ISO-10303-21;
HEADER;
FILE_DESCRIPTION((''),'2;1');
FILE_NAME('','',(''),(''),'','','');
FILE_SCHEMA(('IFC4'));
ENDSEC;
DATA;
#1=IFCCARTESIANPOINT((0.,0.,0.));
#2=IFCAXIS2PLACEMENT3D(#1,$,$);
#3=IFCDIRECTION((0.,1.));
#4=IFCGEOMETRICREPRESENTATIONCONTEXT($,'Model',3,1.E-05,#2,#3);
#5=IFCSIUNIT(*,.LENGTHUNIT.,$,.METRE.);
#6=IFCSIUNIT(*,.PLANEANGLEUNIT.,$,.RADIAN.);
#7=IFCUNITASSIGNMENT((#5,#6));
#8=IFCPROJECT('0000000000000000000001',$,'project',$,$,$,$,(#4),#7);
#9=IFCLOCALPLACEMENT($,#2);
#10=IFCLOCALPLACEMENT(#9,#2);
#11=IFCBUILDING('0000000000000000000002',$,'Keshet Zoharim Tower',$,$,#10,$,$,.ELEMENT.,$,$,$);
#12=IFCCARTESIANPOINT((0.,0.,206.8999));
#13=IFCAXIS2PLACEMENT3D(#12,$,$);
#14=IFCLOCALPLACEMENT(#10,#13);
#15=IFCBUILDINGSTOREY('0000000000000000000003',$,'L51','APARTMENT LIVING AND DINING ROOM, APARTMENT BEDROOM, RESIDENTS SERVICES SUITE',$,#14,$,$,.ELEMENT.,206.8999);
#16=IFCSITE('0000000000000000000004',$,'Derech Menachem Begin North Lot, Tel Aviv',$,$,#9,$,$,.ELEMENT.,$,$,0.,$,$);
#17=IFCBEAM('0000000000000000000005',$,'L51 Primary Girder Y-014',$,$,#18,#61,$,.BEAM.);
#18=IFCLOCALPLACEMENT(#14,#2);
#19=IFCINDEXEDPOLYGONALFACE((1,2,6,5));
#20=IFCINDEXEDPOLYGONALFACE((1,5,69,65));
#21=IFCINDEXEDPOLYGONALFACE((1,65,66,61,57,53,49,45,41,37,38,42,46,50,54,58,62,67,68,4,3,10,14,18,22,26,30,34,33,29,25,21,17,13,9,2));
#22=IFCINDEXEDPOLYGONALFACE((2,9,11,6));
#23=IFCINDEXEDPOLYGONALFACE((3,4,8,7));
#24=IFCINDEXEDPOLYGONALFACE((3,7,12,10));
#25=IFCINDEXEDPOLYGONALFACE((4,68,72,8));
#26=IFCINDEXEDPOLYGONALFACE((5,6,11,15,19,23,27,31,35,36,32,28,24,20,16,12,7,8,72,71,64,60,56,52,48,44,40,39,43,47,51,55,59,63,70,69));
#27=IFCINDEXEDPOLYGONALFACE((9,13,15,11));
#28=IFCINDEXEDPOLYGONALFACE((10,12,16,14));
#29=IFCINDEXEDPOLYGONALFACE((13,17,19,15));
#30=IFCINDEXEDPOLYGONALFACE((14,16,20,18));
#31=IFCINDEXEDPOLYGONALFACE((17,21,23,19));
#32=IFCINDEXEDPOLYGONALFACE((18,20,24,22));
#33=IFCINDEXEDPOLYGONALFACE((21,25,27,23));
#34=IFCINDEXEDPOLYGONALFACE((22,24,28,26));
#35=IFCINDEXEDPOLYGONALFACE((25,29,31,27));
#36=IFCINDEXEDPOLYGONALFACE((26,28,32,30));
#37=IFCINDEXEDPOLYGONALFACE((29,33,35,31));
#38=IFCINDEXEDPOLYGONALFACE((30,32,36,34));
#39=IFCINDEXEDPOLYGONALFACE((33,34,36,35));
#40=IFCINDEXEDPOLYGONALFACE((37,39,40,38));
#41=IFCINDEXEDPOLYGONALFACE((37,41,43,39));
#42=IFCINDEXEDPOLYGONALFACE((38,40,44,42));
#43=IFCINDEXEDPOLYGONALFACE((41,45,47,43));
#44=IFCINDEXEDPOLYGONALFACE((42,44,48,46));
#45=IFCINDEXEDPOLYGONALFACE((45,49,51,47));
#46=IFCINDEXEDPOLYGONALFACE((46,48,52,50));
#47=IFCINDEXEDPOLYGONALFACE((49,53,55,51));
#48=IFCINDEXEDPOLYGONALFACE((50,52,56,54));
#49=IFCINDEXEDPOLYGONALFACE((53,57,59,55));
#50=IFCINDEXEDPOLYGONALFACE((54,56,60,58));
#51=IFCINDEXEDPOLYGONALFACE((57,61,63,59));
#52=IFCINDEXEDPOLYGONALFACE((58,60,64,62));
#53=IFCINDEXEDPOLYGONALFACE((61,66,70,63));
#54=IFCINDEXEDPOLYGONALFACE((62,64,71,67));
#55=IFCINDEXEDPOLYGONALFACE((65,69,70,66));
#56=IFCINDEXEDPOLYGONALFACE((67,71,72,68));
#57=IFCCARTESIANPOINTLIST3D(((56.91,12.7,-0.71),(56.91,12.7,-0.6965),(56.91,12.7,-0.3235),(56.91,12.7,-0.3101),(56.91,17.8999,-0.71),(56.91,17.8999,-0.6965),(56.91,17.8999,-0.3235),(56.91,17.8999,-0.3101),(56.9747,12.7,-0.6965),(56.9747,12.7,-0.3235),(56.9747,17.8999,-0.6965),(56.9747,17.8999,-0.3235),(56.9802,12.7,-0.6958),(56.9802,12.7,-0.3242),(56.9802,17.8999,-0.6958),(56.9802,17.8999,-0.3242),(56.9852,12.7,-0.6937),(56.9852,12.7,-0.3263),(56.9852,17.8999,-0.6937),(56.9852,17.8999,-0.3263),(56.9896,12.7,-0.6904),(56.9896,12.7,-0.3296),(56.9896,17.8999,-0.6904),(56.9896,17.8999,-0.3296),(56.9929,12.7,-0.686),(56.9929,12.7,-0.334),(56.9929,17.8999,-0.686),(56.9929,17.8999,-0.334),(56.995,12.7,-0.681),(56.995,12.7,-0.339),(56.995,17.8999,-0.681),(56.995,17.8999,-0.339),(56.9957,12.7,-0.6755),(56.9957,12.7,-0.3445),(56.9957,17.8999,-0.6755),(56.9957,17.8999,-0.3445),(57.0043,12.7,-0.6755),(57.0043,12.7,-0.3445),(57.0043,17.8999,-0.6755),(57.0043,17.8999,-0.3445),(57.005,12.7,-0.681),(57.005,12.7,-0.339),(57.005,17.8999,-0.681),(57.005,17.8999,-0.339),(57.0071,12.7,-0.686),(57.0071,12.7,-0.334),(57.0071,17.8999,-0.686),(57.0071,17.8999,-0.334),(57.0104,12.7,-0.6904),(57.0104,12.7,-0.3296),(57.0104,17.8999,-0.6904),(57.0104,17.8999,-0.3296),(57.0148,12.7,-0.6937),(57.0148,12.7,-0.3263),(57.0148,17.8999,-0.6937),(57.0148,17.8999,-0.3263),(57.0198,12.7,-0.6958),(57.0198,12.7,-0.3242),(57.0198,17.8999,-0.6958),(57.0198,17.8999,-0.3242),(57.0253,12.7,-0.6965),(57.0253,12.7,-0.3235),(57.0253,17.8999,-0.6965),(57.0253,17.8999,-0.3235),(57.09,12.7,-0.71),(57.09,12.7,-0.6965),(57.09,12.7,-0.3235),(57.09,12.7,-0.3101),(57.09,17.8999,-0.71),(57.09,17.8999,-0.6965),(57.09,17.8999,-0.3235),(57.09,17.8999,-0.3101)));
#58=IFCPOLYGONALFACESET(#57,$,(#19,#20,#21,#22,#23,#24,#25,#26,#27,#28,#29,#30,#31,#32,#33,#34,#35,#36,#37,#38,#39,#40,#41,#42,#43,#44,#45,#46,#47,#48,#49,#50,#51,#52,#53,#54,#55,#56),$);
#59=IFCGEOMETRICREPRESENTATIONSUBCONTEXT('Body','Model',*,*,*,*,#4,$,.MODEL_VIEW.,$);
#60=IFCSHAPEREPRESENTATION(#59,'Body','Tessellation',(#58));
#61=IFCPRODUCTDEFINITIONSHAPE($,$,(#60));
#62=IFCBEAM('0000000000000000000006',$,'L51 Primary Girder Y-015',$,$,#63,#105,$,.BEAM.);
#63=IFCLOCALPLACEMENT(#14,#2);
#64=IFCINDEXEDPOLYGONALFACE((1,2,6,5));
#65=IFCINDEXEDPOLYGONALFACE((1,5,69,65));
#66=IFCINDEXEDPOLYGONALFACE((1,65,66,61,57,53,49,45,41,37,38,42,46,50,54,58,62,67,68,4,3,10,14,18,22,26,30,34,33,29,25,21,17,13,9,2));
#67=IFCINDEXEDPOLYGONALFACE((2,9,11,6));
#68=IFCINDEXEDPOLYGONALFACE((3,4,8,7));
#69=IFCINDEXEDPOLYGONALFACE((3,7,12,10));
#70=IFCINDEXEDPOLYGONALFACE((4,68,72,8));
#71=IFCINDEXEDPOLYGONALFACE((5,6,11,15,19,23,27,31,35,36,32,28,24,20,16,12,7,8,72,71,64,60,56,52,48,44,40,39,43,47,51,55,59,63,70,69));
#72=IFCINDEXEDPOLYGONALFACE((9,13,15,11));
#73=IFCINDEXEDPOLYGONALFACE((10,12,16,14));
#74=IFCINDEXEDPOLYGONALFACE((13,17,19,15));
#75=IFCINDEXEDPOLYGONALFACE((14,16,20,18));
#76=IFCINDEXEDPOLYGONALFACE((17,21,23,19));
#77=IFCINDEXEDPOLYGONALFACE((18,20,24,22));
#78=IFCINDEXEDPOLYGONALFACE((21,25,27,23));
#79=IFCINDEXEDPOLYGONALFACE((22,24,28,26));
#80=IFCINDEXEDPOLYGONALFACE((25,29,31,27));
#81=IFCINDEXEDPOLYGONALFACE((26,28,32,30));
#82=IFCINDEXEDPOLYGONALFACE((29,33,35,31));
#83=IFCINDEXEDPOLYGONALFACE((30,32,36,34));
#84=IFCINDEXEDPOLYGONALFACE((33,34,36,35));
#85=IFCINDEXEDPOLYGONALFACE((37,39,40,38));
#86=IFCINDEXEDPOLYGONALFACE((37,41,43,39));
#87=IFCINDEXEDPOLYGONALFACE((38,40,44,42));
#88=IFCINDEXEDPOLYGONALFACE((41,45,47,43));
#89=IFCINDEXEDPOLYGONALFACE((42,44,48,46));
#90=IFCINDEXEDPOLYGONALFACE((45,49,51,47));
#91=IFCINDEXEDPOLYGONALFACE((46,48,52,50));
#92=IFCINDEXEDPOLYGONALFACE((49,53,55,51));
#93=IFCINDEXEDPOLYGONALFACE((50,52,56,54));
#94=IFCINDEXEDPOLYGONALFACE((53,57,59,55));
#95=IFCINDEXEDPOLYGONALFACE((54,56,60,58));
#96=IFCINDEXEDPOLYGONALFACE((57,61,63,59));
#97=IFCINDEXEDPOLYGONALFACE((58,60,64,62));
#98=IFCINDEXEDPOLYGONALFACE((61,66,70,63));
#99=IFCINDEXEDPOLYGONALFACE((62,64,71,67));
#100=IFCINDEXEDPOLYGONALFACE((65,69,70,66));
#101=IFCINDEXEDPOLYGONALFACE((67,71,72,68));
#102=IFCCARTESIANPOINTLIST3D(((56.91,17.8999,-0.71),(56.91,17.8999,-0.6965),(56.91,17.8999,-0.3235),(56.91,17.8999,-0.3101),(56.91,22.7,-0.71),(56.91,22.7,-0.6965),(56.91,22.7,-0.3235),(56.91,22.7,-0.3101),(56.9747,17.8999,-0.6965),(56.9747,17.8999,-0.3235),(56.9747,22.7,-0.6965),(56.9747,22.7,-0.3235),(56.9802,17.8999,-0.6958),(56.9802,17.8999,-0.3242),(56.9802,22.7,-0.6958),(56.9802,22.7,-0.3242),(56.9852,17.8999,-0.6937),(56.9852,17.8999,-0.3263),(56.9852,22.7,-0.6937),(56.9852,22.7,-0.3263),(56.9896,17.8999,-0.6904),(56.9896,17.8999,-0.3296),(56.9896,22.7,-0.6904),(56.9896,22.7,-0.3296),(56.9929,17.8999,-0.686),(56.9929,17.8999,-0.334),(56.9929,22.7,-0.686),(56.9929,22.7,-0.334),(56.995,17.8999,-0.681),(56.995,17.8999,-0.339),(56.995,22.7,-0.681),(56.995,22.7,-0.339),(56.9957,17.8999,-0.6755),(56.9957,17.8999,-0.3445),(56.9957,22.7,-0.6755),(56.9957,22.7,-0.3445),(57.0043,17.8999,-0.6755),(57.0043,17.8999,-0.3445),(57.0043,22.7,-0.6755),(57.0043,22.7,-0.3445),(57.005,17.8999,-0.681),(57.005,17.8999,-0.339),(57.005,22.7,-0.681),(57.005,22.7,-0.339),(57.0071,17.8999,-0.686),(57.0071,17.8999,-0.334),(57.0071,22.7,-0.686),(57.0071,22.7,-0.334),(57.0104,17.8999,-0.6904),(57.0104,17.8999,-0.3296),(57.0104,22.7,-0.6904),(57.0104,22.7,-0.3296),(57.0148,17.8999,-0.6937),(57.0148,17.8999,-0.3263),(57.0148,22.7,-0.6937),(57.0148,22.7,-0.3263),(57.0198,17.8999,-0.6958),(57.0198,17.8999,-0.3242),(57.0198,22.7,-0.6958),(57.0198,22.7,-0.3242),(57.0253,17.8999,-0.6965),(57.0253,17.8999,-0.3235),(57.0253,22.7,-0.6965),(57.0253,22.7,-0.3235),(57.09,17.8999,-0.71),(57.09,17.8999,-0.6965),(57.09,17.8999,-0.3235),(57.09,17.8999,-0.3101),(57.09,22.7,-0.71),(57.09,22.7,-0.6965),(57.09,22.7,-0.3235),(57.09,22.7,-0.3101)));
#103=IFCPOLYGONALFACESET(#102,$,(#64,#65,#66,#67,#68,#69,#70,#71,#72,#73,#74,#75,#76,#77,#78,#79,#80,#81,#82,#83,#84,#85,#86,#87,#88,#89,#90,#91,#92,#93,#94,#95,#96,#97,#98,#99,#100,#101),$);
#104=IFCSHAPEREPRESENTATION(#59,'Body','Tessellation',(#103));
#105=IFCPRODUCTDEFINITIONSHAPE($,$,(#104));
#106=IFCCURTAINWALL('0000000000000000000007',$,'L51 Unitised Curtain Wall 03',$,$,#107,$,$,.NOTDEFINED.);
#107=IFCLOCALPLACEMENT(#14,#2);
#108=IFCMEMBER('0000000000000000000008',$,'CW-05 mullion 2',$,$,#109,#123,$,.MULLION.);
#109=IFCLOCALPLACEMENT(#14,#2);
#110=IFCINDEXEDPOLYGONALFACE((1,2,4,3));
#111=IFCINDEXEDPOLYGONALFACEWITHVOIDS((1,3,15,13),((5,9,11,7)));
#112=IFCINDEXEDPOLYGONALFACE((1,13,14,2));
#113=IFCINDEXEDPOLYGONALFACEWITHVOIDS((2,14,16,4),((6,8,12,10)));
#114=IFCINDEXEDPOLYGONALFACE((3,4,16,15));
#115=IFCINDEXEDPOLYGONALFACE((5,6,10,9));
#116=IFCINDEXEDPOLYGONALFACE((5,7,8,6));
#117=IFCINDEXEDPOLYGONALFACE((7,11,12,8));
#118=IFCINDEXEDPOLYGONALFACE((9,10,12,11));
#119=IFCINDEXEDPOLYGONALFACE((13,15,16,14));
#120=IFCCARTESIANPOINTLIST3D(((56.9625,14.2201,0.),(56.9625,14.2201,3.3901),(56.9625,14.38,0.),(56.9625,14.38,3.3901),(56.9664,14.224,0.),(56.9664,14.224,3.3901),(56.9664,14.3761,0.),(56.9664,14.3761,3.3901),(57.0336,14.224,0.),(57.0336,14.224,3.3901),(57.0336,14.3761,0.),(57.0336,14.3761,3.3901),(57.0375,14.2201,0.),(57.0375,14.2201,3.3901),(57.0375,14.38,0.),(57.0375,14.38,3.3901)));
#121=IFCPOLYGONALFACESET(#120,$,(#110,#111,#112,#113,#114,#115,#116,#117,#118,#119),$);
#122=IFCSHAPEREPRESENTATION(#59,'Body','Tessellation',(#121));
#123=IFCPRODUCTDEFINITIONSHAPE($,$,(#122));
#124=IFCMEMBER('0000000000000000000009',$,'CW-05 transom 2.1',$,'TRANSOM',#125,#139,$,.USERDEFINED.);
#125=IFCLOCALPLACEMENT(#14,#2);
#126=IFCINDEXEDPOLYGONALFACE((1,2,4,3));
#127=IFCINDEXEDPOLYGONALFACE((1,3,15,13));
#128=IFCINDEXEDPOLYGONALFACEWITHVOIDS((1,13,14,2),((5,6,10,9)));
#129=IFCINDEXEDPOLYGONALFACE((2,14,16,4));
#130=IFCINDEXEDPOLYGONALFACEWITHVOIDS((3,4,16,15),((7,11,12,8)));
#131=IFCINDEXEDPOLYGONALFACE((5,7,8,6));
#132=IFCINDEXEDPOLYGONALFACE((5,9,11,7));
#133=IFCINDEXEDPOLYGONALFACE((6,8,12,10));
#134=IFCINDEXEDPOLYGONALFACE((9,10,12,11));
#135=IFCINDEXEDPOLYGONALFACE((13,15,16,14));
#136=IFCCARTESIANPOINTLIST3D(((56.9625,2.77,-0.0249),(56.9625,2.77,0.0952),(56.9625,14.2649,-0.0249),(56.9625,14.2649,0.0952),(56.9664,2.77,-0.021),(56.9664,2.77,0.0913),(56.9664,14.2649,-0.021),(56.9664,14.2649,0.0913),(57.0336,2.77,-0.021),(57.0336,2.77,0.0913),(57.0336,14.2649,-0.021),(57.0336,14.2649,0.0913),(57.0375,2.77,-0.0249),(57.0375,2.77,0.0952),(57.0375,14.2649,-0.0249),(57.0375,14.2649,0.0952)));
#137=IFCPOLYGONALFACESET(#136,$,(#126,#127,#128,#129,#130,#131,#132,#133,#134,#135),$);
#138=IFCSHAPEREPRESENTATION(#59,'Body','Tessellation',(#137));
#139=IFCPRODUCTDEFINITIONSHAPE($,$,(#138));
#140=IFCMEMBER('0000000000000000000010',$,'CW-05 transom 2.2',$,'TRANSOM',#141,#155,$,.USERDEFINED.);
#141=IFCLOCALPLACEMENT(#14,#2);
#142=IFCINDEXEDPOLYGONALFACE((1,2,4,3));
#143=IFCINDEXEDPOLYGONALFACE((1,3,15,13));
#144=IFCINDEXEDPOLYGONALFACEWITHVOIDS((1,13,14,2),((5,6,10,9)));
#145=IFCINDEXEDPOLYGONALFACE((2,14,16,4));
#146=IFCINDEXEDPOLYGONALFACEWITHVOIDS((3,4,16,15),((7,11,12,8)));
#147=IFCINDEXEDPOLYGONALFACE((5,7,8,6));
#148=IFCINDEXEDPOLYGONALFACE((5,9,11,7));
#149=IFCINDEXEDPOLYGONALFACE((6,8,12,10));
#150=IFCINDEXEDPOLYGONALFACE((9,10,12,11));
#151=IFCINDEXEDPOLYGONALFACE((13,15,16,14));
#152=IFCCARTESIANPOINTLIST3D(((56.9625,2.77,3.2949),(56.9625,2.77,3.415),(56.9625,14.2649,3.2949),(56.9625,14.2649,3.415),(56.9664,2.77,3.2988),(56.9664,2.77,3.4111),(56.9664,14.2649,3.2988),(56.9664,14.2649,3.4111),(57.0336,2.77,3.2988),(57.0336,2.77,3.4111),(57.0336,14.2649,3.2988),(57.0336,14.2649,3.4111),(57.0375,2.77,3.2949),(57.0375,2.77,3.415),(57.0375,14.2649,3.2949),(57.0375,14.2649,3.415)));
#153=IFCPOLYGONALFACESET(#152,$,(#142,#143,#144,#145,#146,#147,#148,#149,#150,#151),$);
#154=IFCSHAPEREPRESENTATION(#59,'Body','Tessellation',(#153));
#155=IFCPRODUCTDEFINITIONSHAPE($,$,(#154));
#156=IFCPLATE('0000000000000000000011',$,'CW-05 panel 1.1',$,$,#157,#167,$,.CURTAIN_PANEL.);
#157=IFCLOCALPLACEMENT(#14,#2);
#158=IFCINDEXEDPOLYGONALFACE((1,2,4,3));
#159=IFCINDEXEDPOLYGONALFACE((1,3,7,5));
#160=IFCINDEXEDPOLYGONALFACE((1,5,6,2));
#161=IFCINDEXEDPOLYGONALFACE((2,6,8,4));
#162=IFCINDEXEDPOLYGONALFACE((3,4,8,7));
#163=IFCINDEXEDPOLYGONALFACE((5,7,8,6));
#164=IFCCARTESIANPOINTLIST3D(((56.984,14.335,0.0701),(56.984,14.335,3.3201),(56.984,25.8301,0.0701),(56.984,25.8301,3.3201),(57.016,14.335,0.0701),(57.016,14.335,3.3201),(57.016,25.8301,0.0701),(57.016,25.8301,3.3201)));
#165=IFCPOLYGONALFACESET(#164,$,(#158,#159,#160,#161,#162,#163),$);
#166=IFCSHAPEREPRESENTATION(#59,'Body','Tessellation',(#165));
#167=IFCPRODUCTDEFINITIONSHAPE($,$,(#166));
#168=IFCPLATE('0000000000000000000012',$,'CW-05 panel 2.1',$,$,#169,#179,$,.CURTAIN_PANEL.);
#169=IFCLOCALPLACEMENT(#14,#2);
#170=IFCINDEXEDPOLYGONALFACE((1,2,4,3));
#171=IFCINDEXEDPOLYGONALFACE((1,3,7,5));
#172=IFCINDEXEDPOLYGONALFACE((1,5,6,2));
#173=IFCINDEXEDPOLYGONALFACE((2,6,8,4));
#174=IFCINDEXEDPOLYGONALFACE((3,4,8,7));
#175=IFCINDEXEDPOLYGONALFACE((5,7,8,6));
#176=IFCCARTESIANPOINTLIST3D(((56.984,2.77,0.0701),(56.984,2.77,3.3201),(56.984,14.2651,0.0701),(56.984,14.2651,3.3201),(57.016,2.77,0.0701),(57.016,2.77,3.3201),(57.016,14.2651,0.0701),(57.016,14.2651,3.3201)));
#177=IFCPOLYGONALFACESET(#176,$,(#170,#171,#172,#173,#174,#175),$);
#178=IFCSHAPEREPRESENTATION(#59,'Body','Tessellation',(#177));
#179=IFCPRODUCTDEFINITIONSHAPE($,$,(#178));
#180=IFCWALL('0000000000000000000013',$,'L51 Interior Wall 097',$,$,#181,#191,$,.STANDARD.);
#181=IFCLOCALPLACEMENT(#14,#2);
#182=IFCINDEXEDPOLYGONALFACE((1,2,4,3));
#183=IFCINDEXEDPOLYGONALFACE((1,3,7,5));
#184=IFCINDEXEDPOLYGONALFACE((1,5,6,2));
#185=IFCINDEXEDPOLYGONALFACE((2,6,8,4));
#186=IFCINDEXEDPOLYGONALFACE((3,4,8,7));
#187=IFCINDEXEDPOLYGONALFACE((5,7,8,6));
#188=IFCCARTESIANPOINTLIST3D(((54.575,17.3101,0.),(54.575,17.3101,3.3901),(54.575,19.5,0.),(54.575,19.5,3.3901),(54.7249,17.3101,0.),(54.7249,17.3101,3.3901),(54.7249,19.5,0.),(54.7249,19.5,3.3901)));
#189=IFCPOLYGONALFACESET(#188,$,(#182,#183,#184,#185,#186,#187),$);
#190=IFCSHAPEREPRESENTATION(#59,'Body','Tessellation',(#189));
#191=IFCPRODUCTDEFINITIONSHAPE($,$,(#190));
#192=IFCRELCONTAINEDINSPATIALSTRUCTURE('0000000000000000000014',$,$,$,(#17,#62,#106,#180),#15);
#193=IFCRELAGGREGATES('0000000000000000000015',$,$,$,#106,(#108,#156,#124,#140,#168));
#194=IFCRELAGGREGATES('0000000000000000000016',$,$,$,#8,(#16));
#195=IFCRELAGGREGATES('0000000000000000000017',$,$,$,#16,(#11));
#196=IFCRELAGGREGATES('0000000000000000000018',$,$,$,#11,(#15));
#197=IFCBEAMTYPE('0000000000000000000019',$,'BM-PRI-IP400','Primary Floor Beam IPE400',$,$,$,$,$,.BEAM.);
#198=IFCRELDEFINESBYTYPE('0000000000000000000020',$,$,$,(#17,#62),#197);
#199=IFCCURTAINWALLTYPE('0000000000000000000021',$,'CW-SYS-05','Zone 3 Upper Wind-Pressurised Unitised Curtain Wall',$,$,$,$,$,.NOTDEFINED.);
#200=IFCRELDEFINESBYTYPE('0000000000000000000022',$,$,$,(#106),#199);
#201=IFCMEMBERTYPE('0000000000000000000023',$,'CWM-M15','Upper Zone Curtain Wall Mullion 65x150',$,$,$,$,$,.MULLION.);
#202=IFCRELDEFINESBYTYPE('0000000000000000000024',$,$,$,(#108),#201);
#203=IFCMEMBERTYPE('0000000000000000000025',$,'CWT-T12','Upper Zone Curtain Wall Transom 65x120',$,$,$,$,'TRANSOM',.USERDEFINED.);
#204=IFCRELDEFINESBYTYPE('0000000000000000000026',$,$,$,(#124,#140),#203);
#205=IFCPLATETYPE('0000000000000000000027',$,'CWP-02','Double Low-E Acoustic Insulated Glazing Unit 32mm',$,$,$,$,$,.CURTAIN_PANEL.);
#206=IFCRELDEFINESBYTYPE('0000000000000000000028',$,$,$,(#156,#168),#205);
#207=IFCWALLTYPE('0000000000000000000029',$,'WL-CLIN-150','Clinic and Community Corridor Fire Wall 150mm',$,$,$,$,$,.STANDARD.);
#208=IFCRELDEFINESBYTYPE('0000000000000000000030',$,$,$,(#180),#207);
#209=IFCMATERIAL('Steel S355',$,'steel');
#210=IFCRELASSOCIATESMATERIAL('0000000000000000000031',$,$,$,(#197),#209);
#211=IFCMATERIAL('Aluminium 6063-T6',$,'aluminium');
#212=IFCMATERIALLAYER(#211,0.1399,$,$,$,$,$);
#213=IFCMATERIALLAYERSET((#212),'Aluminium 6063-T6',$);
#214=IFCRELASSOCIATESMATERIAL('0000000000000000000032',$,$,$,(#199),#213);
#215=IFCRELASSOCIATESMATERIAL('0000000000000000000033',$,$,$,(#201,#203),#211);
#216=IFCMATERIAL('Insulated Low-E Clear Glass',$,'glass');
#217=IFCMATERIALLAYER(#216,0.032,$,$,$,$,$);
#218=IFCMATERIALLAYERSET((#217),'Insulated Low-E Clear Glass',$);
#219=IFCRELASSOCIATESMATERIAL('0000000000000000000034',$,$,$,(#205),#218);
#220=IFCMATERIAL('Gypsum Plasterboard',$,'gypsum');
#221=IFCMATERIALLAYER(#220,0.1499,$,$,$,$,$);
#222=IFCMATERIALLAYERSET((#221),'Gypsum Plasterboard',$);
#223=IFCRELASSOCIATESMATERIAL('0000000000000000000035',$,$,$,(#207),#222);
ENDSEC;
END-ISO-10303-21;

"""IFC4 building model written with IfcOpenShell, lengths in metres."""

from ifc_helpers import new_model, si_unit, direction, frame, frame_2d, origin, origin_2d, place, context, subcontext, project, spatial, rectangle, hollow_rectangle, i_section, extrude, material, layer, layer_set, material_profile, profile_set, type_object, element, aggregate, save


model = new_model("IFC4")

# Units and contexts
model_context = context("Model", 3, precision=1e-05, world=origin(), true_north=direction((0.0, 1.0)))
body_context = subcontext(model_context, "Body", "Model", "MODEL_VIEW")
ifc_project = project(units=[si_unit("LENGTHUNIT", "METRE"), si_unit("PLANEANGLEUNIT", "RADIAN")], contexts=[model_context])

# Site, building, storey
site_placement = place(None, origin())
site = spatial("IfcSite", under=ifc_project, at=site_placement, Name="Derech Menachem Begin North Lot, Tel Aviv", CompositionType="ELEMENT", RefElevation=0.0)
building_placement = place(site_placement, origin())
building = spatial("IfcBuilding", under=site, at=building_placement, Name="Keshet Zoharim Tower", CompositionType="ELEMENT")
storey_placement = place(building_placement, frame((0.0, 0.0, 206.8999)))
storey = spatial("IfcBuildingStorey", under=building, at=storey_placement, Name="L51", Description="APARTMENT LIVING AND DINING ROOM, APARTMENT BEDROOM, RESIDENTS SERVICES SUITE", CompositionType="ELEMENT", Elevation=206.8999)

# Shared definitions
ifc_material_1 = material(Name="Steel S355", Category="steel")

# Beams
ifc_material_profile_1 = material_profile(ifc_material_1, i_section(OverallWidth=0.1799, OverallDepth=0.3999, WebThickness=0.0085, FlangeThickness=0.0134, FilletRadius=0.021, at=origin_2d()), Name="IPE400")
ifc_profile_set_1 = profile_set([ifc_material_profile_1], Name="Steel S355")
beam_type = type_object("IfcBeamType", Name="BM-PRI-IP400", Description="Primary Floor Beam IPE400", PredefinedType="BEAM", material=ifc_profile_set_1)
beam_1_placement = place(storey_placement, frame((57.0, 12.7, -0.51), z_axis=(0.0, 1.0, 0.0), x_axis=(-1.0, 0.0, 0.0)))
element("IfcBeam", 1, at=beam_1_placement, inside=storey, type_object=beam_type, Name="L51 Primary Girder Y-014", PredefinedType="BEAM", context=body_context, shape_type="SweptSolid", body=[
    extrude(i_section(OverallWidth=0.1799, OverallDepth=0.3999, WebThickness=0.0085, FlangeThickness=0.0134, FilletRadius=0.021, at=origin_2d()), origin(), (0.0, 0.0, 1.0), 5.2),
])
beam_2_placement = place(storey_placement, frame((57.0, 17.8999, -0.51), z_axis=(0.0, 1.0, 0.0), x_axis=(-1.0, 0.0, 0.0)))
element("IfcBeam", 2, at=beam_2_placement, inside=storey, type_object=beam_type, Name="L51 Primary Girder Y-015", PredefinedType="BEAM", context=body_context, shape_type="SweptSolid", body=[
    extrude(i_section(OverallWidth=0.1799, OverallDepth=0.3999, WebThickness=0.0085, FlangeThickness=0.0134, FilletRadius=0.021, at=origin_2d()), origin(), (0.0, 0.0, 1.0), 4.8),
])

# Curtain wall, members, plates
ifc_material_2 = material(Name="Aluminium 6063-T6", Category="aluminium")
ifc_layer_1 = layer(ifc_material_2, 0.1399)
ifc_layer_set_1 = layer_set([ifc_layer_1], Name="Aluminium 6063-T6")
curtain_wall_type = type_object("IfcCurtainWallType", Name="CW-SYS-05", Description="Zone 3 Upper Wind-Pressurised Unitised Curtain Wall", PredefinedType="NOTDEFINED", material=ifc_layer_set_1)
curtain_wall_placement = place(storey_placement, origin())
curtain_wall = element("IfcCurtainWall", 3, at=curtain_wall_placement, inside=storey, type_object=curtain_wall_type, Name="L51 Unitised Curtain Wall 03", PredefinedType="NOTDEFINED")
ifc_material_profile_2 = material_profile(ifc_material_2, hollow_rectangle(XDim=0.075, YDim=0.1599, WallThickness=0.0039, at=origin_2d()), Name="MUL-75x160")
ifc_profile_set_2 = profile_set([ifc_material_profile_2], Name="Aluminium 6063-T6")
member_type_1 = type_object("IfcMemberType", Name="CWM-M15", Description="Upper Zone Curtain Wall Mullion 65x150", PredefinedType="MULLION", material=ifc_profile_set_2)
member_1_placement = place(storey_placement, frame((57.0, 14.3, 0.0), z_axis=(0.0, 0.0, 1.0), x_axis=(1.0, 0.0, 0.0)))
member_1 = element("IfcMember", 4, at=member_1_placement, type_object=member_type_1, Name="CW-05 mullion 2", PredefinedType="MULLION", context=body_context, shape_type="SweptSolid", body=[
    extrude(hollow_rectangle(XDim=0.075, YDim=0.1599, WallThickness=0.0039, at=origin_2d()), origin(), (0.0, 0.0, 1.0), 3.3901),
])
ifc_material_profile_3 = material_profile(ifc_material_2, hollow_rectangle(XDim=0.075, YDim=0.1201, WallThickness=0.0039, at=origin_2d()), Name="TRN-75x120")
ifc_profile_set_3 = profile_set([ifc_material_profile_3], Name="Aluminium 6063-T6")
member_type_2 = type_object("IfcMemberType", Name="CWT-T12", Description="Upper Zone Curtain Wall Transom 65x120", ElementType="TRANSOM", PredefinedType="USERDEFINED", material=ifc_profile_set_3)
member_2_placement = place(storey_placement, frame((57.0, 14.2649, 0.0352), z_axis=(0.0, -1.0, 0.0), x_axis=(1.0, 0.0, 0.0)))
member_2 = element("IfcMember", 5, at=member_2_placement, type_object=member_type_2, Name="CW-05 transom 2.1", ObjectType="TRANSOM", PredefinedType="USERDEFINED", context=body_context, shape_type="SweptSolid", body=[
    extrude(hollow_rectangle(XDim=0.075, YDim=0.1201, WallThickness=0.0039, at=origin_2d()), origin(), (0.0, 0.0, 1.0), 11.4949),
])
member_3_placement = place(storey_placement, frame((57.0, 14.2649, 3.355), z_axis=(0.0, -1.0, 0.0), x_axis=(1.0, 0.0, 0.0)))
member_3 = element("IfcMember", 6, at=member_3_placement, type_object=member_type_2, Name="CW-05 transom 2.2", ObjectType="TRANSOM", PredefinedType="USERDEFINED", context=body_context, shape_type="SweptSolid", body=[
    extrude(hollow_rectangle(XDim=0.075, YDim=0.1201, WallThickness=0.0039, at=origin_2d()), origin(), (0.0, 0.0, 1.0), 11.4949),
])
ifc_material_3 = material(Name="Insulated Low-E Clear Glass", Category="glass")
ifc_layer_2 = layer(ifc_material_3, 0.032)
ifc_layer_set_2 = layer_set([ifc_layer_2], Name="Insulated Low-E Clear Glass")
plate_type = type_object("IfcPlateType", Name="CWP-02", Description="Double Low-E Acoustic Insulated Glazing Unit 32mm", PredefinedType="CURTAIN_PANEL", material=ifc_layer_set_2)
plate_1_placement = place(storey_placement, frame((57.0, 20.0825, 0.0701), z_axis=(0.0, 0.0, 1.0), x_axis=(0.0, -1.0, 0.0)))
plate_1 = element("IfcPlate", 7, at=plate_1_placement, type_object=plate_type, Name="CW-05 panel 1.1", PredefinedType="CURTAIN_PANEL", context=body_context, shape_type="SweptSolid", body=[
    extrude(rectangle(XDim=11.4951, YDim=0.032, at=origin_2d()), origin(), (0.0, 0.0, 1.0), 3.25),
])
plate_2_placement = place(storey_placement, frame((57.0, 8.5176, 0.0701), z_axis=(0.0, 0.0, 1.0), x_axis=(0.0, -1.0, 0.0)))
plate_2 = element("IfcPlate", 8, at=plate_2_placement, type_object=plate_type, Name="CW-05 panel 2.1", PredefinedType="CURTAIN_PANEL", context=body_context, shape_type="SweptSolid", body=[
    extrude(rectangle(XDim=11.4951, YDim=0.032, at=origin_2d()), origin(), (0.0, 0.0, 1.0), 3.25),
])
aggregate(curtain_wall, [member_1, plate_1, member_2, member_3, plate_2])

# Wall
ifc_material_4 = material(Name="Gypsum Plasterboard", Category="gypsum")
ifc_layer_3 = layer(ifc_material_4, 0.1499)
ifc_layer_set_3 = layer_set([ifc_layer_3], Name="Gypsum Plasterboard")
wall_type_1 = type_object("IfcWallType", Name="WL-CLIN-150", Description="Clinic and Community Corridor Fire Wall 150mm", PredefinedType="STANDARD", material=ifc_layer_set_3)
wall_1_placement = place(storey_placement, frame((54.6499, 17.3101, 0.0), z_axis=(0.0, 0.0, 1.0), x_axis=(0.0, 1.0, 0.0)))
element("IfcWall", 9, at=wall_1_placement, inside=storey, type_object=wall_type_1, Name="L51 Interior Wall 097", PredefinedType="STANDARD", context=body_context, shape_type="SweptSolid", body=[
    extrude(rectangle(XDim=2.1899, YDim=0.1499, at=frame_2d((1.095, 0.0))), origin(), (0.0, 0.0, 1.0), 3.3901),
])

save(model, "model.ifc")
